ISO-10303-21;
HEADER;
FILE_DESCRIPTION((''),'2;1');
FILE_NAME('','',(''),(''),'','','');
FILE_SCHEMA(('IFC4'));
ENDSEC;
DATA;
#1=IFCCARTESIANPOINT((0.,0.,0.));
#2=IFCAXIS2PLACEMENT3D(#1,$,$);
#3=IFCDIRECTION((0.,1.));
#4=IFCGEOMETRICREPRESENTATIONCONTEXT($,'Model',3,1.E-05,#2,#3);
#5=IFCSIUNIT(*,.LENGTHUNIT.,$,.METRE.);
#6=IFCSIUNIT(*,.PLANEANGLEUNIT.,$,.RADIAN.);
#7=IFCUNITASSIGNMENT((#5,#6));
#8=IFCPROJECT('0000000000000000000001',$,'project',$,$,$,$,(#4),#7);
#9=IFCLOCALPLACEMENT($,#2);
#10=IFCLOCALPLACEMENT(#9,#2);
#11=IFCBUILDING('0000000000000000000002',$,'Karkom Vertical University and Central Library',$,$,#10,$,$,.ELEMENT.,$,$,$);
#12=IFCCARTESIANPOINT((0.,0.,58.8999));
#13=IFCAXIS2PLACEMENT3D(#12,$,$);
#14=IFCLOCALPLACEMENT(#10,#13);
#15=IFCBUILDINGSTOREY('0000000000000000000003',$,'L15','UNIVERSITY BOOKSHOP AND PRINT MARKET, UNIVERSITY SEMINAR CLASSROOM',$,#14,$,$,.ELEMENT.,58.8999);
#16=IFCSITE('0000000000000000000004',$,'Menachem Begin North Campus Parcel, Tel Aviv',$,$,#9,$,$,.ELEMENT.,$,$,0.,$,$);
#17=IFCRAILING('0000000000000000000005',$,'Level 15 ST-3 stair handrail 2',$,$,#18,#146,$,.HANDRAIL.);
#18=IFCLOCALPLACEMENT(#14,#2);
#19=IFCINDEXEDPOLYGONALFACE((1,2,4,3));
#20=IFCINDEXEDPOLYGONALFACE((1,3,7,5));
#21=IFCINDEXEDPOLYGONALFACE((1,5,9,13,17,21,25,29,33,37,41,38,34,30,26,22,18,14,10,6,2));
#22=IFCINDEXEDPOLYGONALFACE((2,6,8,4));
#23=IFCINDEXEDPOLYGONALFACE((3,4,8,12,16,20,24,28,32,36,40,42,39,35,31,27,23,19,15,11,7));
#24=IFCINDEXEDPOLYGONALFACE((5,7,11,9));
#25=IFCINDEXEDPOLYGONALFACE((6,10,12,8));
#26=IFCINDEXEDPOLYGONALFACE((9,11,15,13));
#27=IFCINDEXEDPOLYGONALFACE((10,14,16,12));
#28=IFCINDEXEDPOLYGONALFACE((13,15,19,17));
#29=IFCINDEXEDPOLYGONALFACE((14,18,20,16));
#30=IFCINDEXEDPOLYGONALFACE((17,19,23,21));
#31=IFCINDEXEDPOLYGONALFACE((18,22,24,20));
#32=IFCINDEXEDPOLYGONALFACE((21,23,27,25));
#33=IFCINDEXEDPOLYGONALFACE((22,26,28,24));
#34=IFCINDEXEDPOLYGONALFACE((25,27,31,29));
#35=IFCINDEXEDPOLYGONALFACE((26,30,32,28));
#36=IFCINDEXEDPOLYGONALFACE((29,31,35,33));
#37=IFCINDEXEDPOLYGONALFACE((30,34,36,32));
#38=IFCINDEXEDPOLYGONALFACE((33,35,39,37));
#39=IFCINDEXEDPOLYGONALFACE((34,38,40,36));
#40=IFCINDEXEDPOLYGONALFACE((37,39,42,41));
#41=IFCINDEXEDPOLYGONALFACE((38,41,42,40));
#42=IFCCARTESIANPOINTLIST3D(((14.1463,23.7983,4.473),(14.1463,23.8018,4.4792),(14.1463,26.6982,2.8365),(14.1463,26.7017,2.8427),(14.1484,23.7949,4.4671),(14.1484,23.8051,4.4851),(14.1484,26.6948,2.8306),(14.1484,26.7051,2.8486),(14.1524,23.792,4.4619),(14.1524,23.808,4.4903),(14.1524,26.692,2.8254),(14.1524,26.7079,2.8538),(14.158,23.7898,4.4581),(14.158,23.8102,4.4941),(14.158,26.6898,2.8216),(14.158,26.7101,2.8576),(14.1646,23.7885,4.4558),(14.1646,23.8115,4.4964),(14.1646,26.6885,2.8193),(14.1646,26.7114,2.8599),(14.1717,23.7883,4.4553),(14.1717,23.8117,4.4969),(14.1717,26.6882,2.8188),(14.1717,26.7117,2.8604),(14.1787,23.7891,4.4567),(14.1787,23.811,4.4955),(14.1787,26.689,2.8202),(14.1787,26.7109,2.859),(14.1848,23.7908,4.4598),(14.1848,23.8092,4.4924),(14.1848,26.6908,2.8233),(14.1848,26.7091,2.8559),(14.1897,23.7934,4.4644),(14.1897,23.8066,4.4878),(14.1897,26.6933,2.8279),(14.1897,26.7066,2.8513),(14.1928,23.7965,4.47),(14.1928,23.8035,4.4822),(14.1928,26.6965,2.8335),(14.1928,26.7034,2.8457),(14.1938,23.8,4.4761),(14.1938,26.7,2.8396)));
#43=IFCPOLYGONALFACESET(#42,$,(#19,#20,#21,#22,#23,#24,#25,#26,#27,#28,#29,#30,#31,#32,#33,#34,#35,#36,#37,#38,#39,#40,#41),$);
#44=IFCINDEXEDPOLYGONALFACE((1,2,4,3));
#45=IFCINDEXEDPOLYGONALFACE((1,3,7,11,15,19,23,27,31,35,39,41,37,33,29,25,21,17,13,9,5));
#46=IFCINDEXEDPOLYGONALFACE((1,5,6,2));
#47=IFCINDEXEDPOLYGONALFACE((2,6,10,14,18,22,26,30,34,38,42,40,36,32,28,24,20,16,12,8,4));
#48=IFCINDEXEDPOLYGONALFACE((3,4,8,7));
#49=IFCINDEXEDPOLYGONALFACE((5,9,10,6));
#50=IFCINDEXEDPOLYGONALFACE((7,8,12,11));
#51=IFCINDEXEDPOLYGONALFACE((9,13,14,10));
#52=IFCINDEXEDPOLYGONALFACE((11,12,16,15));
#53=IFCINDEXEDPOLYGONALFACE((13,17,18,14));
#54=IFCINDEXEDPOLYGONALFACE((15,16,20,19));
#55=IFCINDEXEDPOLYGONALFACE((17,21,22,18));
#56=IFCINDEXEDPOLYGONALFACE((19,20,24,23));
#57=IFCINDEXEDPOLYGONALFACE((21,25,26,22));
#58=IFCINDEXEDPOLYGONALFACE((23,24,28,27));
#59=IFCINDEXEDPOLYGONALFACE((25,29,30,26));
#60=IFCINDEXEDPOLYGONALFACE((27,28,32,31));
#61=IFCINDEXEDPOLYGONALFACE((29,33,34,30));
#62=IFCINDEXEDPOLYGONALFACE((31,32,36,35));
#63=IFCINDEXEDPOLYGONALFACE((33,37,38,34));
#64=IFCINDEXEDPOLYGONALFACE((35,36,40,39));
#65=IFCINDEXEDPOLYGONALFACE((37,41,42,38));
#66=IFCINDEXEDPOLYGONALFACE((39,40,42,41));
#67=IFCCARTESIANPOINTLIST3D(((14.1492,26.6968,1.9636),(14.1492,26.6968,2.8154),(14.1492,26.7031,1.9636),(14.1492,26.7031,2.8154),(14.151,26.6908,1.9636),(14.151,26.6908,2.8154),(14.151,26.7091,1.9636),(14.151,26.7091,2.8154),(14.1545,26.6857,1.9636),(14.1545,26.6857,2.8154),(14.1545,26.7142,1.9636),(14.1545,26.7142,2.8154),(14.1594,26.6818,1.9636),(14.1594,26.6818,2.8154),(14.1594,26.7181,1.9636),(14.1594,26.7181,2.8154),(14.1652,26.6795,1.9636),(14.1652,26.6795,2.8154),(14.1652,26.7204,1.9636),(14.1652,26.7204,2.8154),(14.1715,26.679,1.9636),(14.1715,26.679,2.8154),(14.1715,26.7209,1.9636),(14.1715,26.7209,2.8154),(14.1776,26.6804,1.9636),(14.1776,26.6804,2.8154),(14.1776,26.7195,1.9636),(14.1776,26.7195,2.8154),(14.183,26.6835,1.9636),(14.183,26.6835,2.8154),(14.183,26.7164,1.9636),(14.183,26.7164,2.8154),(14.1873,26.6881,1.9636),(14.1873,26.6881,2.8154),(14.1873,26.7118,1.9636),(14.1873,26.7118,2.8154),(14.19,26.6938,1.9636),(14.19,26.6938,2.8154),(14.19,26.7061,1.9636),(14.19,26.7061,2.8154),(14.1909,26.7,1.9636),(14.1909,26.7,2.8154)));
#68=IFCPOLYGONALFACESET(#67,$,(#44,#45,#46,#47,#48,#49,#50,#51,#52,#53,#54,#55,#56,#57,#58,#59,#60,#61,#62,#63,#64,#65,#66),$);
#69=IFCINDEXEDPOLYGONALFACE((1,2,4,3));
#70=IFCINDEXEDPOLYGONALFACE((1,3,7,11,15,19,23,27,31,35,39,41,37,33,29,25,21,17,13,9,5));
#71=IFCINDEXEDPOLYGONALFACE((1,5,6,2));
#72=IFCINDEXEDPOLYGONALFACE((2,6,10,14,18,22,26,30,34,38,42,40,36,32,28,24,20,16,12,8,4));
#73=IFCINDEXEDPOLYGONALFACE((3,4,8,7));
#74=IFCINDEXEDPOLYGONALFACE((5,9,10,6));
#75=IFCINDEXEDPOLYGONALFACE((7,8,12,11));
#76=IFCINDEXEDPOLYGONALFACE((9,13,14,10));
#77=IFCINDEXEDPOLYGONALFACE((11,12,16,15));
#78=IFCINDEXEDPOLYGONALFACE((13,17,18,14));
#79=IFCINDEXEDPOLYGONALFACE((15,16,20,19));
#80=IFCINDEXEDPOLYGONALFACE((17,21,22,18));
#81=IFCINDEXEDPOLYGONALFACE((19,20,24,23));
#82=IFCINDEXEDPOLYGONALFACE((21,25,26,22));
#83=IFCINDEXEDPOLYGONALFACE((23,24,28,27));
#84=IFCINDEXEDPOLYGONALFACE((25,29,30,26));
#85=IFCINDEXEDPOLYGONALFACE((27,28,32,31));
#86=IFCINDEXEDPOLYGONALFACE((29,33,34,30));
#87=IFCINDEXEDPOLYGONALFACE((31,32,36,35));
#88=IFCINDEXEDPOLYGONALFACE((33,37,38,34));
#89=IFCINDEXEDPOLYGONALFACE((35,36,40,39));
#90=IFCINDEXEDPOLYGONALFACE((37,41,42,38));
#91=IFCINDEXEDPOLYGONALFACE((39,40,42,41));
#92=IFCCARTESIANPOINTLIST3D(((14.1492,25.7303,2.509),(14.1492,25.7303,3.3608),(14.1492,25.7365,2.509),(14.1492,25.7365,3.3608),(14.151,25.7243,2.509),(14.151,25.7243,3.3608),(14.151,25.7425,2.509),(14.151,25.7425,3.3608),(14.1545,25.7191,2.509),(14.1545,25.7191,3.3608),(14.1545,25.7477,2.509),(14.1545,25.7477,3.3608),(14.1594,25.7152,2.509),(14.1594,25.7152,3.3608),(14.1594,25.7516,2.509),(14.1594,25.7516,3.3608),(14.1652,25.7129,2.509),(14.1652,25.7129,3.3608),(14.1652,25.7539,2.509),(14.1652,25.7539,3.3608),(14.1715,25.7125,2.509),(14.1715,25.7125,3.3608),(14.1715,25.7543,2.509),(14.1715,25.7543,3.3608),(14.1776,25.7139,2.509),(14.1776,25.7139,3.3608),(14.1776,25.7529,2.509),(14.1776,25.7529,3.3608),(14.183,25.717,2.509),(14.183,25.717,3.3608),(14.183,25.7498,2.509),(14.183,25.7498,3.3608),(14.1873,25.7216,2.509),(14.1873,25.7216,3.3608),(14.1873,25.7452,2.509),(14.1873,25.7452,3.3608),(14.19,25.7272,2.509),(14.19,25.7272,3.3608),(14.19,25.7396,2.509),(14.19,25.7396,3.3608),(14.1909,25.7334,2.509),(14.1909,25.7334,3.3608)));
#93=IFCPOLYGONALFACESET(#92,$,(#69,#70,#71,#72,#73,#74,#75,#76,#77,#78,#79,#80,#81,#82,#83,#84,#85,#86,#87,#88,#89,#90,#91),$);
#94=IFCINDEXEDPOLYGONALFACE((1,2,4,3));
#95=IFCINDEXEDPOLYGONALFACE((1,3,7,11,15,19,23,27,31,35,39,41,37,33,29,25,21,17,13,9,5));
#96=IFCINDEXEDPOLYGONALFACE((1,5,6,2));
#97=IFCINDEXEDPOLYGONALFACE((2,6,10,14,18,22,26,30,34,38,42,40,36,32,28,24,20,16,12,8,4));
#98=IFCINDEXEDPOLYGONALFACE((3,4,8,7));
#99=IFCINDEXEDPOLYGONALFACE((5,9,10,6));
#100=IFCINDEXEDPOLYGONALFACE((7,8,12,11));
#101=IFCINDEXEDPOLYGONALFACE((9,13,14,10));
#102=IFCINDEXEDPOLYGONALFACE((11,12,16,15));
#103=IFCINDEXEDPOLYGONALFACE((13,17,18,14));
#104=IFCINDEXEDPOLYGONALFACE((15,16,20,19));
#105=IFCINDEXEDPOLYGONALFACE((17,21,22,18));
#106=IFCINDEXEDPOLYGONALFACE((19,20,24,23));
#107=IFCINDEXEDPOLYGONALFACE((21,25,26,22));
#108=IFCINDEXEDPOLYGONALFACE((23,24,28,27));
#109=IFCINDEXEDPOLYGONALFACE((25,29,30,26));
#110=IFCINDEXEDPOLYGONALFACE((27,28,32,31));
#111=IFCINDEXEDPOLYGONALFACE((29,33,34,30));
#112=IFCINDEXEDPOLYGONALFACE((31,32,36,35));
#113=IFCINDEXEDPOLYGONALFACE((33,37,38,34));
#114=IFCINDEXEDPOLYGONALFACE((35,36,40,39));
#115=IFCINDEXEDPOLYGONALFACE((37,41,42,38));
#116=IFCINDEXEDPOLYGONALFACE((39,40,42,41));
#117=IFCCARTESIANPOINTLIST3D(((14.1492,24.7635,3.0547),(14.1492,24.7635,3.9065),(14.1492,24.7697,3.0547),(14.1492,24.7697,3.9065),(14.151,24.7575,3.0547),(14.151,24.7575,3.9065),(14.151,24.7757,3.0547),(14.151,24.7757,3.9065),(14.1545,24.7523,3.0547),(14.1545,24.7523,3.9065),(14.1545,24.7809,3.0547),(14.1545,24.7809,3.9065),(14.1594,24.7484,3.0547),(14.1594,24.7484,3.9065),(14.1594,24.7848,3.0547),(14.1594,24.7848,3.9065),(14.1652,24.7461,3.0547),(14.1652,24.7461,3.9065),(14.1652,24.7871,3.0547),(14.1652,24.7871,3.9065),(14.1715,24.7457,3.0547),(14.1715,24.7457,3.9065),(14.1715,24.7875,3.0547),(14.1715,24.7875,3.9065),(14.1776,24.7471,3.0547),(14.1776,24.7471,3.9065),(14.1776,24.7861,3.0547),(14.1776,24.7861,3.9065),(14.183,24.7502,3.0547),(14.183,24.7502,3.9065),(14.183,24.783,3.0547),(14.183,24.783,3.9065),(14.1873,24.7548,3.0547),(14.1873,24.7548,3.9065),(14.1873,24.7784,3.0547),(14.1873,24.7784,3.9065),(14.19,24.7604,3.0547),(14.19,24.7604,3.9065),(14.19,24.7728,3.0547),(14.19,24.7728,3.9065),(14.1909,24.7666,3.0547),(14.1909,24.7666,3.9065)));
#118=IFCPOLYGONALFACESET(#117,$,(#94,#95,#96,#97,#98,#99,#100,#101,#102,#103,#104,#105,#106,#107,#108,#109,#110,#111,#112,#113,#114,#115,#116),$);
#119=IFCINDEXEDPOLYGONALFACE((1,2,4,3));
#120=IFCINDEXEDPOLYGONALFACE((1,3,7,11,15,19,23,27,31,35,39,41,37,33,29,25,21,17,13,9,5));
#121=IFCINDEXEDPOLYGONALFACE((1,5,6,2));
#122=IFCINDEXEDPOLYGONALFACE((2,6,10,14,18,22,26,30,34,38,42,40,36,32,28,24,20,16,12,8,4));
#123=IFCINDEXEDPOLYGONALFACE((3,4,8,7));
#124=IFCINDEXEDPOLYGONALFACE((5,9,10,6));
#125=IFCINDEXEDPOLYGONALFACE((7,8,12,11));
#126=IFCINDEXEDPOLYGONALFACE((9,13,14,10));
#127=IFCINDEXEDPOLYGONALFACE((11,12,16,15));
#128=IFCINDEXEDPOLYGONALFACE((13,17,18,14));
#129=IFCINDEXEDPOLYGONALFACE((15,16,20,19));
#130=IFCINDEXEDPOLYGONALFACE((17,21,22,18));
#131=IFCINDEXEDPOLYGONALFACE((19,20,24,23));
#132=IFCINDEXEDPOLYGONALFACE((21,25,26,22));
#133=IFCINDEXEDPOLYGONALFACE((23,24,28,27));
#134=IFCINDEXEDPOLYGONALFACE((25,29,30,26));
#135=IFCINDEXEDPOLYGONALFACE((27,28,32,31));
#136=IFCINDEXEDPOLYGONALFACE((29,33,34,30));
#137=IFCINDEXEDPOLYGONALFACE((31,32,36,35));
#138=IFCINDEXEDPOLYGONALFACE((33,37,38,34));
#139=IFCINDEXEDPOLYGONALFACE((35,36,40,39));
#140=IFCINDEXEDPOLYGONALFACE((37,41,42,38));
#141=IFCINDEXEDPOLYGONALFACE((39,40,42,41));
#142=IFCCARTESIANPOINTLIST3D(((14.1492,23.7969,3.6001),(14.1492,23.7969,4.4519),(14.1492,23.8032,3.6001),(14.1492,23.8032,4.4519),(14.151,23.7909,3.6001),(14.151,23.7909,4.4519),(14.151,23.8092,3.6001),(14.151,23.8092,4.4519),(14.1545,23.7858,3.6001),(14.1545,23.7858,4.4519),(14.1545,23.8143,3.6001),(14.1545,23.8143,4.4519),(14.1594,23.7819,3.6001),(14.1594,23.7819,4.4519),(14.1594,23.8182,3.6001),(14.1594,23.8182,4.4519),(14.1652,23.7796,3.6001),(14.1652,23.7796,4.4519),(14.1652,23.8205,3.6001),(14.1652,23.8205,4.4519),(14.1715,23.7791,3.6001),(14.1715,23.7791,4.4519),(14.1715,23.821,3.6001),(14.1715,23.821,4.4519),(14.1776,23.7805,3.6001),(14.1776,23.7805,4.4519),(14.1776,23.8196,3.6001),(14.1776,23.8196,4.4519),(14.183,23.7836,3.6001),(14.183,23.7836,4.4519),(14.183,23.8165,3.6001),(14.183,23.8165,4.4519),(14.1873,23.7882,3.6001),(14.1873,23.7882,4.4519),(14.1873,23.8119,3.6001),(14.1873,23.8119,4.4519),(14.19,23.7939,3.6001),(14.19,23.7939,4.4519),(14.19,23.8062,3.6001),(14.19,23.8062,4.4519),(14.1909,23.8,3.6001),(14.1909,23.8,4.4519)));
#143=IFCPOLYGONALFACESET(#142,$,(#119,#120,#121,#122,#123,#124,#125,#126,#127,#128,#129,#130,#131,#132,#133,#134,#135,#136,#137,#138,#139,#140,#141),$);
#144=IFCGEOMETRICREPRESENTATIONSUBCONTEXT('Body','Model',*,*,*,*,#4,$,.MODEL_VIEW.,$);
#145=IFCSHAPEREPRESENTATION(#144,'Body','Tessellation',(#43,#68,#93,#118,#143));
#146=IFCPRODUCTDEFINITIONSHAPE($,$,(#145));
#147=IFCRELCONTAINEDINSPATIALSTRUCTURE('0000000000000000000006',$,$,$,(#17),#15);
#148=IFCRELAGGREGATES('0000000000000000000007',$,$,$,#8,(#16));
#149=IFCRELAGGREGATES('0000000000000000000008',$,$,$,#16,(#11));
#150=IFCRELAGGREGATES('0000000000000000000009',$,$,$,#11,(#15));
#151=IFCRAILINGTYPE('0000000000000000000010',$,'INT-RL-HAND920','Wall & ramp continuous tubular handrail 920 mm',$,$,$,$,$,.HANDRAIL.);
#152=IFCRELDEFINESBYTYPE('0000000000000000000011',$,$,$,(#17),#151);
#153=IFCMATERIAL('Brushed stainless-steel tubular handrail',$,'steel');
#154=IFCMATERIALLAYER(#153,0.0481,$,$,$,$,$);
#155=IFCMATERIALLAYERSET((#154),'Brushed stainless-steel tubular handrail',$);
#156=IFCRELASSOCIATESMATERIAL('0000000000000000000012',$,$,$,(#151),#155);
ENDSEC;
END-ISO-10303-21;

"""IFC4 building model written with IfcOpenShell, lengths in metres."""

from ifc_helpers import new_model, si_unit, direction, frame, origin, origin_2d, place, context, subcontext, project, spatial, circle, extrude, material, layer, layer_set, type_object, element, save


model = new_model("IFC4")

# Units and contexts
model_context = context("Model", 3, precision=1e-05, world=origin(), true_north=direction((0.0, 1.0)))
body_context = subcontext(model_context, "Body", "Model", "MODEL_VIEW")
ifc_project = project(units=[si_unit("LENGTHUNIT", "METRE"), si_unit("PLANEANGLEUNIT", "RADIAN")], contexts=[model_context])

# Site, building, storey
site_placement = place(None, origin())
site = spatial("IfcSite", under=ifc_project, at=site_placement, Name="Menachem Begin North Campus Parcel, Tel Aviv", CompositionType="ELEMENT", RefElevation=0.0)
building_placement = place(site_placement, origin())
building = spatial("IfcBuilding", under=site, at=building_placement, Name="Karkom Vertical University and Central Library", CompositionType="ELEMENT")
storey_placement = place(building_placement, frame((0.0, 0.0, 58.8999)))
storey = spatial("IfcBuildingStorey", under=building, at=storey_placement, Name="L15", Description="UNIVERSITY BOOKSHOP AND PRINT MARKET, UNIVERSITY SEMINAR CLASSROOM", CompositionType="ELEMENT", Elevation=58.8999)

# Railing
ifc_material_1 = material(Name="Brushed stainless-steel tubular handrail", Category="steel")
ifc_layer_1 = layer(ifc_material_1, 0.0481)
ifc_layer_set_1 = layer_set([ifc_layer_1], Name="Brushed stainless-steel tubular handrail")
railing_type_1 = type_object("IfcRailingType", Name="INT-RL-HAND920", Description="Wall & ramp continuous tubular handrail 920 mm", PredefinedType="HANDRAIL", material=ifc_layer_set_1)
railing_1_placement = place(storey_placement, frame((14.1699, 26.7, 1.9636)))
element("IfcRailing", 1, at=railing_1_placement, inside=storey, type_object=railing_type_1, Name="Level 15 ST-3 stair handrail 2", PredefinedType="HANDRAIL", context=body_context, shape_type="SweptSolid", body=[
    extrude(circle(Radius=0.0239, at=origin_2d()), frame((0.0, 0.0, 0.876), z_axis=(0.0, -0.870897, 0.491465), x_axis=(1.0, 0.0, 0.0)), (0.0, 0.0, 1.0), 3.3298),
    extrude(circle(Radius=0.021, at=origin_2d()), origin(), (0.0, 0.0, 1.0), 0.8518),
    extrude(circle(Radius=0.021, at=origin_2d()), frame((0.0, -0.9666, 0.5454)), (0.0, 0.0, 1.0), 0.8518),
    extrude(circle(Radius=0.021, at=origin_2d()), frame((0.0, -1.9333, 1.0911)), (0.0, 0.0, 1.0), 0.8518),
    extrude(circle(Radius=0.021, at=origin_2d()), frame((0.0, -2.8999, 1.6365)), (0.0, 0.0, 1.0), 0.8518),
])

save(model, "model.ifc")
